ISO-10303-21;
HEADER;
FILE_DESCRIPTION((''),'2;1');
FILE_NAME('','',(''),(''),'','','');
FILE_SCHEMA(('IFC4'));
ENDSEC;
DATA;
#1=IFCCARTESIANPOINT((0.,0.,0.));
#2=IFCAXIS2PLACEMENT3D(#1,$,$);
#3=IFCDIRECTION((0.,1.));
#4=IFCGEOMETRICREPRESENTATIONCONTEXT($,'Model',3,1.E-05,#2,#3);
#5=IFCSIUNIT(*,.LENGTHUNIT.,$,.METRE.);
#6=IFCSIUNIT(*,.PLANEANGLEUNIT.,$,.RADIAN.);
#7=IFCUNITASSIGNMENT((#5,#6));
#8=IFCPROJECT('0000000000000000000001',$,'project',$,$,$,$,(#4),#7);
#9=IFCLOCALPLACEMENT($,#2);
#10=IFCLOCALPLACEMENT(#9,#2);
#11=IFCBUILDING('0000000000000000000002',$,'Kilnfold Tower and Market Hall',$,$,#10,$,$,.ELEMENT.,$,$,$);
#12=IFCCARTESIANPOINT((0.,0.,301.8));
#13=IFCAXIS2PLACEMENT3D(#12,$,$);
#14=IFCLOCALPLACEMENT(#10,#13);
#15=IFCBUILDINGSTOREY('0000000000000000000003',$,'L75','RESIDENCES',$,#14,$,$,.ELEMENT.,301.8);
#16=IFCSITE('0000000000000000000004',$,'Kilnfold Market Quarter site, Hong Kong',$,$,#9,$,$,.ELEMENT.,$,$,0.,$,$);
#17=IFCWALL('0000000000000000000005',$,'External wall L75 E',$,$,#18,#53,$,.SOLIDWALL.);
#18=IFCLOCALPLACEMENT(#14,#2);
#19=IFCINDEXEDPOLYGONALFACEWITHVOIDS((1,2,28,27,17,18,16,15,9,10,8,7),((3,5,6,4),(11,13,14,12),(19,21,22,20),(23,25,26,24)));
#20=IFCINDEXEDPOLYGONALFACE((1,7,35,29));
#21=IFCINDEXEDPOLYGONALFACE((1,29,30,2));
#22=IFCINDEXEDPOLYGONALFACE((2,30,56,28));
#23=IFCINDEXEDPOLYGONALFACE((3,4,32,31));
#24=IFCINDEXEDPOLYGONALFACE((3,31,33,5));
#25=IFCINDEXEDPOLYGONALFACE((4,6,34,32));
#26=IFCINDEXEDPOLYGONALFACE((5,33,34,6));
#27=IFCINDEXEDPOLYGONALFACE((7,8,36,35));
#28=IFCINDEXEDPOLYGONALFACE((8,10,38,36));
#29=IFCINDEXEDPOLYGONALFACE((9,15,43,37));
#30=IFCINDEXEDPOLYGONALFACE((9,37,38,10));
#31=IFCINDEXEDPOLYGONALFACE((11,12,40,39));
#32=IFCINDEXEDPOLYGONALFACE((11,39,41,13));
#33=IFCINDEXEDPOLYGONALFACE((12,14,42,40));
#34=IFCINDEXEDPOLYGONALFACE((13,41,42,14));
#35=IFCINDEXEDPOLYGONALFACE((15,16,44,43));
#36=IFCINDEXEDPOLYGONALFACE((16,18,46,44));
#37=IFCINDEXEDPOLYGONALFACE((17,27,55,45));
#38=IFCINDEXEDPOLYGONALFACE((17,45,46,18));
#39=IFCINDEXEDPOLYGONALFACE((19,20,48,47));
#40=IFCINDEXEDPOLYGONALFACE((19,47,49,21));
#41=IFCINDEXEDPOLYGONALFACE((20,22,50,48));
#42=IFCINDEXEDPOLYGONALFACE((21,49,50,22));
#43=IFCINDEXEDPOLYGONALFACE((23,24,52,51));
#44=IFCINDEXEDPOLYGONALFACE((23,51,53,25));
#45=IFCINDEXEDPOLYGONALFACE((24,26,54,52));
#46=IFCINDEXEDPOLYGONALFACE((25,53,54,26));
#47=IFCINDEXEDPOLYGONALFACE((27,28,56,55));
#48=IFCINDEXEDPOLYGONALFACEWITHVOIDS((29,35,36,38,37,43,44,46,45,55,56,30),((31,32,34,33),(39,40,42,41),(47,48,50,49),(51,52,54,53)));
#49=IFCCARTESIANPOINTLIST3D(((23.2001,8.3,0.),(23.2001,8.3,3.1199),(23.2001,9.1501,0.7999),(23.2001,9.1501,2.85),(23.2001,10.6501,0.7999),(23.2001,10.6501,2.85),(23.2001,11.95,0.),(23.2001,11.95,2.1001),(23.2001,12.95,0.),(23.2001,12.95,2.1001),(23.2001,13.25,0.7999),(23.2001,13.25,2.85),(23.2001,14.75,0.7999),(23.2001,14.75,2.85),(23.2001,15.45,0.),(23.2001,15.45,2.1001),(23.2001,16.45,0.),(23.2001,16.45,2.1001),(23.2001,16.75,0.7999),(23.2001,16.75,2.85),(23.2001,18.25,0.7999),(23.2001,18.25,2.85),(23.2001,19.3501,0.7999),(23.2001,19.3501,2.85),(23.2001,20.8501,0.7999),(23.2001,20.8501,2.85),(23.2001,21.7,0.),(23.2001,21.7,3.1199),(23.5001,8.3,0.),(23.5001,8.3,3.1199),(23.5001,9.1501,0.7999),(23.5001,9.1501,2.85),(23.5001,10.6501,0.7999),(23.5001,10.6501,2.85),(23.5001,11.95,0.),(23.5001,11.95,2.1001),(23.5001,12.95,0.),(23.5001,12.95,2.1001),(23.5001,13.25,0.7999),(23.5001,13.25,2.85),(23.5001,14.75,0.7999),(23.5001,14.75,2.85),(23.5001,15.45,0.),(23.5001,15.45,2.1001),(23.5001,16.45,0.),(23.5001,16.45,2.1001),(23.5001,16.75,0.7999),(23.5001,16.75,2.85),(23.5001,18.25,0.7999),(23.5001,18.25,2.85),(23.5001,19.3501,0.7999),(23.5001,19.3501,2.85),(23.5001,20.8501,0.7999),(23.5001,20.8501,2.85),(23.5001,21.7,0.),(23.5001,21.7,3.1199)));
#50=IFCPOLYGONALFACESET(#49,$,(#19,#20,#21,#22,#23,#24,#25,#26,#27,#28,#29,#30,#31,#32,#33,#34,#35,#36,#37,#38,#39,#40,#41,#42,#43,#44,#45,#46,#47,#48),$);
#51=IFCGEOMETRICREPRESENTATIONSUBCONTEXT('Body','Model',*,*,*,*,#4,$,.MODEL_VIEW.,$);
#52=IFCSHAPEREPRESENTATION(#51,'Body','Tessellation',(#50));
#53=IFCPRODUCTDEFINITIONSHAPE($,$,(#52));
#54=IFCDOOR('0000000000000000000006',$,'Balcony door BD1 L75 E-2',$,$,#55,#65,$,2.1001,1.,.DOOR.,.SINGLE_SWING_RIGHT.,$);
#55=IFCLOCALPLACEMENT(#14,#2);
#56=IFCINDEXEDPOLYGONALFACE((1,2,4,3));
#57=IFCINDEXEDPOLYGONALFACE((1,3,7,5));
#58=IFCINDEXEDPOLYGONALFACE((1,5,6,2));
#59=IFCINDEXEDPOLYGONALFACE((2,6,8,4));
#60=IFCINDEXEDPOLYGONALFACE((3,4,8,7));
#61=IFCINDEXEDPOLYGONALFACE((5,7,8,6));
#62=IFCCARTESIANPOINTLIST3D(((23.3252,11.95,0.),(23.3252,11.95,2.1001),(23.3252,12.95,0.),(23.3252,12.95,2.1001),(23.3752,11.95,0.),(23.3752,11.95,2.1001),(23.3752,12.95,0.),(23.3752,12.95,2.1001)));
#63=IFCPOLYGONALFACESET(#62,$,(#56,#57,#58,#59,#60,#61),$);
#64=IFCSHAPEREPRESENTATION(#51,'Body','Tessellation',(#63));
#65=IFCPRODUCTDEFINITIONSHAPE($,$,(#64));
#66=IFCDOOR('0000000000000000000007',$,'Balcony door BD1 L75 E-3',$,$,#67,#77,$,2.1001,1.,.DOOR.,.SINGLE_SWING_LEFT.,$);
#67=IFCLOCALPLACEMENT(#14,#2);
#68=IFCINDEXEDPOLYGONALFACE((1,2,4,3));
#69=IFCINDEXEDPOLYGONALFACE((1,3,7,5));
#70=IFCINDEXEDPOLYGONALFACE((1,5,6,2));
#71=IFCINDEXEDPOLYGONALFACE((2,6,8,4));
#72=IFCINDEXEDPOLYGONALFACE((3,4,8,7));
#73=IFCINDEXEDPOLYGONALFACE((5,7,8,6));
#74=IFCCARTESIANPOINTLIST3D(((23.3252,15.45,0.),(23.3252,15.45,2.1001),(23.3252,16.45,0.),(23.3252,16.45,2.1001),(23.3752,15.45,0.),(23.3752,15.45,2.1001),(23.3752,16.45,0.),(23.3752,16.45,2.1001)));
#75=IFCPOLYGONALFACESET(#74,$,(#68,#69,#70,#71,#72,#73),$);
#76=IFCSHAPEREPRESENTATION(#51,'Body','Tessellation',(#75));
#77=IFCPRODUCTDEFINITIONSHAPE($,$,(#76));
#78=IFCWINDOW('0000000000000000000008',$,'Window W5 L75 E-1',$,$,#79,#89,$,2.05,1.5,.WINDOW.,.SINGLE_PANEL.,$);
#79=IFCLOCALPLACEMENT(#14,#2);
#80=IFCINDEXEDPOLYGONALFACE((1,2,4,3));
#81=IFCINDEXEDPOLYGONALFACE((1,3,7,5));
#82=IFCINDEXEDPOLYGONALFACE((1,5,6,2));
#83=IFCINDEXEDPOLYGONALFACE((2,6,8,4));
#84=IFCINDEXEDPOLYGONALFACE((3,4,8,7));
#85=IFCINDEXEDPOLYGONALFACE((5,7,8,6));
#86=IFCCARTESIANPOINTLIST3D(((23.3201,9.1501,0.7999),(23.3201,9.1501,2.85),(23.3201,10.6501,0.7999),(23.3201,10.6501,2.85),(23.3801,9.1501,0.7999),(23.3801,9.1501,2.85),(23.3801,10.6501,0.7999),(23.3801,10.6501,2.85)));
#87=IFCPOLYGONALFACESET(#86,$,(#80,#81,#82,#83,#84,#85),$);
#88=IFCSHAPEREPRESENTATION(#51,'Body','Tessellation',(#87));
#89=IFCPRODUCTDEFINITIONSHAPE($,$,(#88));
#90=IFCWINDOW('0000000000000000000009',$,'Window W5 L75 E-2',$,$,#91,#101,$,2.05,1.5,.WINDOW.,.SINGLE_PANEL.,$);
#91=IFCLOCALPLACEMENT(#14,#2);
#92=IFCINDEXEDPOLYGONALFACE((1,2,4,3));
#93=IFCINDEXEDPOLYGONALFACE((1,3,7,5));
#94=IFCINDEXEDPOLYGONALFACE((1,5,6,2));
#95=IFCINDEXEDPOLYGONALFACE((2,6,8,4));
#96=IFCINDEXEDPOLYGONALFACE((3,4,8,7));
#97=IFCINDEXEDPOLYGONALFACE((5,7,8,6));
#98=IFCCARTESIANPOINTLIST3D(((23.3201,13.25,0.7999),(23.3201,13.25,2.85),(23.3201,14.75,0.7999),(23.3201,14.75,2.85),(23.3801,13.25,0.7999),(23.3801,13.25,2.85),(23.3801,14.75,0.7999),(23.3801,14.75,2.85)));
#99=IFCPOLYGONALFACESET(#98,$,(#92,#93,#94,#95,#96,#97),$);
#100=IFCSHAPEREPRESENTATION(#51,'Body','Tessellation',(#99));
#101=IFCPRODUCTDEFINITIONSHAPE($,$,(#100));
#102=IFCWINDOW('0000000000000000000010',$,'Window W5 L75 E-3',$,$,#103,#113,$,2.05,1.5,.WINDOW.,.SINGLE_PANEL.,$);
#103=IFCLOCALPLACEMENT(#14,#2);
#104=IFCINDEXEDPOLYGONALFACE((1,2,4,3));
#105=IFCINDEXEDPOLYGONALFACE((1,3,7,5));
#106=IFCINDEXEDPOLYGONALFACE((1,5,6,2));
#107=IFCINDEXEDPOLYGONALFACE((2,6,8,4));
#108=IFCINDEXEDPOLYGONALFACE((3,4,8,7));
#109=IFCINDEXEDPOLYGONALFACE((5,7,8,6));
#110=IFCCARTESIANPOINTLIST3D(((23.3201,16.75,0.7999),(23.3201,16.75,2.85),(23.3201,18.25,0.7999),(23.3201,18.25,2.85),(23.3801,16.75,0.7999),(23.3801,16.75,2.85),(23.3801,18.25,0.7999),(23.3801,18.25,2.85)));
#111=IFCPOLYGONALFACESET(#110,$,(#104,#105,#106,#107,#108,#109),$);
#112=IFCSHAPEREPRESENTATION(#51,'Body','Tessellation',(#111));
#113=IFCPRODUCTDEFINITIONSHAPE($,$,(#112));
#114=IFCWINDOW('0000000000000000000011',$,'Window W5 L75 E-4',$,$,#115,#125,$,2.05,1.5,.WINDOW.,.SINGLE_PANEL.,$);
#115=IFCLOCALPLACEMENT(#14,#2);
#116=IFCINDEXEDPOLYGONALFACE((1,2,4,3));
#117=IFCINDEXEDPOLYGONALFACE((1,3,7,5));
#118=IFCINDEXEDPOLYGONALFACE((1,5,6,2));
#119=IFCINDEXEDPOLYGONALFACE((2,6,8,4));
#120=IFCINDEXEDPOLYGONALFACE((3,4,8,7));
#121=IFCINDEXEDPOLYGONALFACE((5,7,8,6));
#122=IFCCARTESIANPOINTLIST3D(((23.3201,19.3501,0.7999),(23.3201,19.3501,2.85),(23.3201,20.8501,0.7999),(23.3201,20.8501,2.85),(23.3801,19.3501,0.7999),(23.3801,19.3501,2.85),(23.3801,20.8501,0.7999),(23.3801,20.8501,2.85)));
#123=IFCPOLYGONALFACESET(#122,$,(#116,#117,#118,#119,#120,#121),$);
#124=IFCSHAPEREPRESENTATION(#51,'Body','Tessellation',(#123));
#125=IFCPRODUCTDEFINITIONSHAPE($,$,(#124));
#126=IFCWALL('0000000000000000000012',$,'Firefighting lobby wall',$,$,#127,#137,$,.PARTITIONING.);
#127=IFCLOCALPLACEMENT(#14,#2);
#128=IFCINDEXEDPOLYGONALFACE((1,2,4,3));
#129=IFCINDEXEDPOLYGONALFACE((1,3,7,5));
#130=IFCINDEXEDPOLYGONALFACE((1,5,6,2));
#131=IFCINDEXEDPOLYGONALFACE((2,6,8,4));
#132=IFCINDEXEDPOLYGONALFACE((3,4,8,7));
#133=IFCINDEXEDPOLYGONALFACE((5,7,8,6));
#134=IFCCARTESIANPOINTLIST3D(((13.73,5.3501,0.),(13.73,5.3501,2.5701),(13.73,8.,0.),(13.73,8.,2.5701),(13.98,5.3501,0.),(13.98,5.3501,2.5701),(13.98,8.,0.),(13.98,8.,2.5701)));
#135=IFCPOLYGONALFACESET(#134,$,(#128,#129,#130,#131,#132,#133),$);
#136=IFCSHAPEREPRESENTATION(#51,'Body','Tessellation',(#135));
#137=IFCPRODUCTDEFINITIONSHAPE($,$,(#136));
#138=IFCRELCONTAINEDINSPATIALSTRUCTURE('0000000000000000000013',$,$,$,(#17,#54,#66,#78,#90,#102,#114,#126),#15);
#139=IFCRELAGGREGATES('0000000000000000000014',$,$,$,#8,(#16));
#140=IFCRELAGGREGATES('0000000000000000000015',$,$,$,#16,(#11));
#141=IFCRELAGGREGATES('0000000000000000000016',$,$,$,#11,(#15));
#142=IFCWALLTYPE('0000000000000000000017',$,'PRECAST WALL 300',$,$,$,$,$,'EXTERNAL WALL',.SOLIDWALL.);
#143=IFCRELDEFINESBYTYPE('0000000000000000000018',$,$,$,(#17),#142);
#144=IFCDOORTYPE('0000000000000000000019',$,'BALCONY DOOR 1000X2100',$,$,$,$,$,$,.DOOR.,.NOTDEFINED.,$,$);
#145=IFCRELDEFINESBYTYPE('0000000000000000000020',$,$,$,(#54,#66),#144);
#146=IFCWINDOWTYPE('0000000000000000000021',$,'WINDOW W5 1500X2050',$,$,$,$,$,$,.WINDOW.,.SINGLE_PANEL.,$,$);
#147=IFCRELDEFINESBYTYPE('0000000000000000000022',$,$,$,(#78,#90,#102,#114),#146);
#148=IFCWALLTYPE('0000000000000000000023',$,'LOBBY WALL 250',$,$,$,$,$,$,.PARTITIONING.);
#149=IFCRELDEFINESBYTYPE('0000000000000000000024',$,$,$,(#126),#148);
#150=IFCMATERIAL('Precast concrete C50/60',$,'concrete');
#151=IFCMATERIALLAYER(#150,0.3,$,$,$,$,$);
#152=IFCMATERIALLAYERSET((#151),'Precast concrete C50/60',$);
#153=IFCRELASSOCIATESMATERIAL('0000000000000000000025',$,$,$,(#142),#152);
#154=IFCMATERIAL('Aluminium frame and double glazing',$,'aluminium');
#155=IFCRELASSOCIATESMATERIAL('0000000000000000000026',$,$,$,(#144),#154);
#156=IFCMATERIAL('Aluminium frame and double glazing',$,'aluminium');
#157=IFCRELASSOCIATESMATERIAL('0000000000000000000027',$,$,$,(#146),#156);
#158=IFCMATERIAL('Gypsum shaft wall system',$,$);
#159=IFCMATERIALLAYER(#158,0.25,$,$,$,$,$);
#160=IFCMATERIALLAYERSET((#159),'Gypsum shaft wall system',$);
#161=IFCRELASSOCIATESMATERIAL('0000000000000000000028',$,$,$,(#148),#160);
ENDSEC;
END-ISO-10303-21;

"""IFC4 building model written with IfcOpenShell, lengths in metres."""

from ifc_helpers import new_model, si_unit, direction, frame, frame_2d, origin, place, context, subcontext, project, spatial, rectangle, extrude, source, transform, mapped, material, layer, layer_set, type_object, element, fill, save


model = new_model("IFC4")

# Units and contexts
model_context = context("Model", 3, precision=1e-05, world=origin(), true_north=direction((0.0, 1.0)))
body_context = subcontext(model_context, "Body", "Model", "MODEL_VIEW")
ifc_project = project(units=[si_unit("LENGTHUNIT", "METRE"), si_unit("PLANEANGLEUNIT", "RADIAN")], contexts=[model_context])

# Site, building, storey
site_placement = place(None, origin())
site = spatial("IfcSite", under=ifc_project, at=site_placement, Name="Kilnfold Market Quarter site, Hong Kong", CompositionType="ELEMENT", RefElevation=0.0)
building_placement = place(site_placement, origin())
building = spatial("IfcBuilding", under=site, at=building_placement, Name="Kilnfold Tower and Market Hall", CompositionType="ELEMENT")
storey_placement = place(building_placement, frame((0.0, 0.0, 301.8)))
storey = spatial("IfcBuildingStorey", under=building, at=storey_placement, Name="L75", Description="RESIDENCES", CompositionType="ELEMENT", Elevation=301.8)

# Shared definitions
ifc_material_1 = material(Name="Precast concrete C50/60", Category="concrete")
ifc_layer_1 = layer(ifc_material_1, 0.3)
ifc_layer_set_1 = layer_set([ifc_layer_1], Name="Precast concrete C50/60")
wall_type_1 = type_object("IfcWallType", Name="PRECAST WALL 300", ElementType="EXTERNAL WALL", PredefinedType="SOLIDWALL", material=ifc_layer_set_1)
ifc_material_2 = material(Name="Aluminium frame and double glazing", Category="aluminium")
door_type_1 = type_object("IfcDoorType", Name="BALCONY DOOR 1000X2100", OperationType="NOTDEFINED", PredefinedType="DOOR", material=ifc_material_2)
ifc_material_3 = material(Name="Aluminium frame and double glazing", Category="aluminium")
window_type = type_object("IfcWindowType", Name="WINDOW W5 1500X2050", PartitioningType="SINGLE_PANEL", PredefinedType="WINDOW", material=ifc_material_3)

# Wall, openings, doors, windows
shared_shape_1 = source(origin(), body_context, "Body", "SweptSolid", [
    extrude(rectangle(XDim=13.3999, YDim=0.3, at=frame_2d((6.7, 0.0))), origin(), (0.0, 0.0, 1.0), 3.1199),
])
wall_1_placement = place(storey_placement, frame((23.3501, 8.3, 0.0), z_axis=(0.0, 0.0, 1.0), x_axis=(0.0, 1.0, 0.0)))
wall_1 = element("IfcWall", 1, at=wall_1_placement, inside=storey, type_object=wall_type_1, Name="External wall L75 E", PredefinedType="SOLIDWALL", context=body_context, shape_type="MappedRepresentation", body=[
    mapped(shared_shape_1, transform((0.0, 0.0, 0.0))),
])
opening_1_placement = place(wall_1_placement, frame((0.8501, 0.0, 0.8)))
opening_1 = element("IfcOpeningElement", 2, at=opening_1_placement, cuts=wall_1, PredefinedType="OPENING", context=body_context, shape_type="SweptSolid", body=[
    extrude(rectangle(XDim=1.5, YDim=2.05, at=frame_2d((0.75, 1.0249))), frame((0.0, 0.1602, 0.0), z_axis=(0.0, -1.0, 0.0), x_axis=(1.0, 0.0, 0.0)), (0.0, 0.0, 1.0), 0.3201),
])
opening_2_placement = place(wall_1_placement, frame((4.95, 0.0, 0.8)))
opening_2 = element("IfcOpeningElement", 3, at=opening_2_placement, cuts=wall_1, PredefinedType="OPENING", context=body_context, shape_type="SweptSolid", body=[
    extrude(rectangle(XDim=1.5, YDim=2.05, at=frame_2d((0.75, 1.0249))), frame((0.0, 0.1602, 0.0), z_axis=(0.0, -1.0, 0.0), x_axis=(1.0, 0.0, 0.0)), (0.0, 0.0, 1.0), 0.3201),
])
opening_3_placement = place(wall_1_placement, frame((3.6499, 0.0, 0.0)))
opening_3 = element("IfcOpeningElement", 4, at=opening_3_placement, cuts=wall_1, PredefinedType="OPENING", context=body_context, shape_type="SweptSolid", body=[
    extrude(rectangle(XDim=1.0, YDim=2.1001, at=frame_2d((0.5, 1.05))), frame((0.0, 0.1602, 0.0), z_axis=(0.0, -1.0, 0.0), x_axis=(1.0, 0.0, 0.0)), (0.0, 0.0, 1.0), 0.3201),
])
opening_4_placement = place(wall_1_placement, frame((8.45, 0.0, 0.8)))
opening_4 = element("IfcOpeningElement", 5, at=opening_4_placement, cuts=wall_1, PredefinedType="OPENING", context=body_context, shape_type="SweptSolid", body=[
    extrude(rectangle(XDim=1.5, YDim=2.05, at=frame_2d((0.75, 1.0249))), frame((0.0, 0.1602, 0.0), z_axis=(0.0, -1.0, 0.0), x_axis=(1.0, 0.0, 0.0)), (0.0, 0.0, 1.0), 0.3201),
])
opening_5_placement = place(wall_1_placement, frame((7.1499, 0.0, 0.0)))
opening_5 = element("IfcOpeningElement", 6, at=opening_5_placement, cuts=wall_1, PredefinedType="OPENING", context=body_context, shape_type="SweptSolid", body=[
    extrude(rectangle(XDim=1.0, YDim=2.1001, at=frame_2d((0.5, 1.05))), frame((0.0, 0.1602, 0.0), z_axis=(0.0, -1.0, 0.0), x_axis=(1.0, 0.0, 0.0)), (0.0, 0.0, 1.0), 0.3201),
])
opening_6_placement = place(wall_1_placement, frame((11.05, 0.0, 0.8)))
opening_6 = element("IfcOpeningElement", 7, at=opening_6_placement, cuts=wall_1, PredefinedType="OPENING", context=body_context, shape_type="SweptSolid", body=[
    extrude(rectangle(XDim=1.5, YDim=2.05, at=frame_2d((0.75, 1.0249))), frame((0.0, 0.1602, 0.0), z_axis=(0.0, -1.0, 0.0), x_axis=(1.0, 0.0, 0.0)), (0.0, 0.0, 1.0), 0.3201),
])
door_1_placement = place(opening_3_placement, origin())
door_1 = element("IfcDoor", 8, at=door_1_placement, inside=storey, type_object=door_type_1, Name="Balcony door BD1 L75 E-2", OperationType="SINGLE_SWING_RIGHT", OverallHeight=2.1001, OverallWidth=1.0, PredefinedType="DOOR", context=body_context, shape_type="SweptSolid", body=[
    extrude(rectangle(XDim=1.0, YDim=2.1001, at=frame_2d((0.5, 1.05))), frame((0.0, 0.0249, 0.0), z_axis=(0.0, -1.0, 0.0), x_axis=(1.0, 0.0, 0.0)), (0.0, 0.0, 1.0), 0.05),
])
fill(opening_3, door_1)
door_2_placement = place(opening_5_placement, origin())
door_2 = element("IfcDoor", 9, at=door_2_placement, inside=storey, type_object=door_type_1, Name="Balcony door BD1 L75 E-3", OperationType="SINGLE_SWING_LEFT", OverallHeight=2.1001, OverallWidth=1.0, PredefinedType="DOOR", context=body_context, shape_type="SweptSolid", body=[
    extrude(rectangle(XDim=1.0, YDim=2.1001, at=frame_2d((0.5, 1.05))), frame((0.0, 0.0249, 0.0), z_axis=(0.0, -1.0, 0.0), x_axis=(1.0, 0.0, 0.0)), (0.0, 0.0, 1.0), 0.05),
])
fill(opening_5, door_2)
window_1_placement = place(opening_1_placement, origin())
window_1 = element("IfcWindow", 10, at=window_1_placement, inside=storey, type_object=window_type, Name="Window W5 L75 E-1", OverallHeight=2.05, OverallWidth=1.5, PartitioningType="SINGLE_PANEL", PredefinedType="WINDOW", context=body_context, shape_type="SweptSolid", body=[
    extrude(rectangle(XDim=1.5, YDim=2.05, at=frame_2d((0.75, 1.0249))), frame((0.0, 0.03, 0.0), z_axis=(0.0, -1.0, 0.0), x_axis=(1.0, 0.0, 0.0)), (0.0, 0.0, 1.0), 0.0601),
])
fill(opening_1, window_1)
window_2_placement = place(opening_2_placement, origin())
window_2 = element("IfcWindow", 11, at=window_2_placement, inside=storey, type_object=window_type, Name="Window W5 L75 E-2", OverallHeight=2.05, OverallWidth=1.5, PartitioningType="SINGLE_PANEL", PredefinedType="WINDOW", context=body_context, shape_type="SweptSolid", body=[
    extrude(rectangle(XDim=1.5, YDim=2.05, at=frame_2d((0.75, 1.0249))), frame((0.0, 0.03, 0.0), z_axis=(0.0, -1.0, 0.0), x_axis=(1.0, 0.0, 0.0)), (0.0, 0.0, 1.0), 0.0601),
])
fill(opening_2, window_2)
window_3_placement = place(opening_4_placement, origin())
window_3 = element("IfcWindow", 12, at=window_3_placement, inside=storey, type_object=window_type, Name="Window W5 L75 E-3", OverallHeight=2.05, OverallWidth=1.5, PartitioningType="SINGLE_PANEL", PredefinedType="WINDOW", context=body_context, shape_type="SweptSolid", body=[
    extrude(rectangle(XDim=1.5, YDim=2.05, at=frame_2d((0.75, 1.0249))), frame((0.0, 0.03, 0.0), z_axis=(0.0, -1.0, 0.0), x_axis=(1.0, 0.0, 0.0)), (0.0, 0.0, 1.0), 0.0601),
])
fill(opening_4, window_3)
window_4_placement = place(opening_6_placement, origin())
window_4 = element("IfcWindow", 13, at=window_4_placement, inside=storey, type_object=window_type, Name="Window W5 L75 E-4", OverallHeight=2.05, OverallWidth=1.5, PartitioningType="SINGLE_PANEL", PredefinedType="WINDOW", context=body_context, shape_type="SweptSolid", body=[
    extrude(rectangle(XDim=1.5, YDim=2.05, at=frame_2d((0.75, 1.0249))), frame((0.0, 0.03, 0.0), z_axis=(0.0, -1.0, 0.0), x_axis=(1.0, 0.0, 0.0)), (0.0, 0.0, 1.0), 0.0601),
])
fill(opening_6, window_4)

# Wall
ifc_material_4 = material(Name="Gypsum shaft wall system")
ifc_layer_2 = layer(ifc_material_4, 0.25)
ifc_layer_set_2 = layer_set([ifc_layer_2], Name="Gypsum shaft wall system")
wall_type_2 = type_object("IfcWallType", Name="LOBBY WALL 250", PredefinedType="PARTITIONING", material=ifc_layer_set_2)
shared_shape_2 = source(origin(), body_context, "Body", "SweptSolid", [
    extrude(rectangle(XDim=2.6499, YDim=0.25, at=frame_2d((1.325, 0.0))), origin(), (0.0, 0.0, 1.0), 2.5701),
])
wall_2_placement = place(storey_placement, frame((13.855, 5.3501, 0.0), z_axis=(0.0, 0.0, 1.0), x_axis=(0.0, 1.0, 0.0)))
element("IfcWall", 14, at=wall_2_placement, inside=storey, type_object=wall_type_2, Name="Firefighting lobby wall", PredefinedType="PARTITIONING", context=body_context, shape_type="MappedRepresentation", body=[
    mapped(shared_shape_2, transform((0.0, 0.0, 0.0))),
])

save(model, "model.ifc")
